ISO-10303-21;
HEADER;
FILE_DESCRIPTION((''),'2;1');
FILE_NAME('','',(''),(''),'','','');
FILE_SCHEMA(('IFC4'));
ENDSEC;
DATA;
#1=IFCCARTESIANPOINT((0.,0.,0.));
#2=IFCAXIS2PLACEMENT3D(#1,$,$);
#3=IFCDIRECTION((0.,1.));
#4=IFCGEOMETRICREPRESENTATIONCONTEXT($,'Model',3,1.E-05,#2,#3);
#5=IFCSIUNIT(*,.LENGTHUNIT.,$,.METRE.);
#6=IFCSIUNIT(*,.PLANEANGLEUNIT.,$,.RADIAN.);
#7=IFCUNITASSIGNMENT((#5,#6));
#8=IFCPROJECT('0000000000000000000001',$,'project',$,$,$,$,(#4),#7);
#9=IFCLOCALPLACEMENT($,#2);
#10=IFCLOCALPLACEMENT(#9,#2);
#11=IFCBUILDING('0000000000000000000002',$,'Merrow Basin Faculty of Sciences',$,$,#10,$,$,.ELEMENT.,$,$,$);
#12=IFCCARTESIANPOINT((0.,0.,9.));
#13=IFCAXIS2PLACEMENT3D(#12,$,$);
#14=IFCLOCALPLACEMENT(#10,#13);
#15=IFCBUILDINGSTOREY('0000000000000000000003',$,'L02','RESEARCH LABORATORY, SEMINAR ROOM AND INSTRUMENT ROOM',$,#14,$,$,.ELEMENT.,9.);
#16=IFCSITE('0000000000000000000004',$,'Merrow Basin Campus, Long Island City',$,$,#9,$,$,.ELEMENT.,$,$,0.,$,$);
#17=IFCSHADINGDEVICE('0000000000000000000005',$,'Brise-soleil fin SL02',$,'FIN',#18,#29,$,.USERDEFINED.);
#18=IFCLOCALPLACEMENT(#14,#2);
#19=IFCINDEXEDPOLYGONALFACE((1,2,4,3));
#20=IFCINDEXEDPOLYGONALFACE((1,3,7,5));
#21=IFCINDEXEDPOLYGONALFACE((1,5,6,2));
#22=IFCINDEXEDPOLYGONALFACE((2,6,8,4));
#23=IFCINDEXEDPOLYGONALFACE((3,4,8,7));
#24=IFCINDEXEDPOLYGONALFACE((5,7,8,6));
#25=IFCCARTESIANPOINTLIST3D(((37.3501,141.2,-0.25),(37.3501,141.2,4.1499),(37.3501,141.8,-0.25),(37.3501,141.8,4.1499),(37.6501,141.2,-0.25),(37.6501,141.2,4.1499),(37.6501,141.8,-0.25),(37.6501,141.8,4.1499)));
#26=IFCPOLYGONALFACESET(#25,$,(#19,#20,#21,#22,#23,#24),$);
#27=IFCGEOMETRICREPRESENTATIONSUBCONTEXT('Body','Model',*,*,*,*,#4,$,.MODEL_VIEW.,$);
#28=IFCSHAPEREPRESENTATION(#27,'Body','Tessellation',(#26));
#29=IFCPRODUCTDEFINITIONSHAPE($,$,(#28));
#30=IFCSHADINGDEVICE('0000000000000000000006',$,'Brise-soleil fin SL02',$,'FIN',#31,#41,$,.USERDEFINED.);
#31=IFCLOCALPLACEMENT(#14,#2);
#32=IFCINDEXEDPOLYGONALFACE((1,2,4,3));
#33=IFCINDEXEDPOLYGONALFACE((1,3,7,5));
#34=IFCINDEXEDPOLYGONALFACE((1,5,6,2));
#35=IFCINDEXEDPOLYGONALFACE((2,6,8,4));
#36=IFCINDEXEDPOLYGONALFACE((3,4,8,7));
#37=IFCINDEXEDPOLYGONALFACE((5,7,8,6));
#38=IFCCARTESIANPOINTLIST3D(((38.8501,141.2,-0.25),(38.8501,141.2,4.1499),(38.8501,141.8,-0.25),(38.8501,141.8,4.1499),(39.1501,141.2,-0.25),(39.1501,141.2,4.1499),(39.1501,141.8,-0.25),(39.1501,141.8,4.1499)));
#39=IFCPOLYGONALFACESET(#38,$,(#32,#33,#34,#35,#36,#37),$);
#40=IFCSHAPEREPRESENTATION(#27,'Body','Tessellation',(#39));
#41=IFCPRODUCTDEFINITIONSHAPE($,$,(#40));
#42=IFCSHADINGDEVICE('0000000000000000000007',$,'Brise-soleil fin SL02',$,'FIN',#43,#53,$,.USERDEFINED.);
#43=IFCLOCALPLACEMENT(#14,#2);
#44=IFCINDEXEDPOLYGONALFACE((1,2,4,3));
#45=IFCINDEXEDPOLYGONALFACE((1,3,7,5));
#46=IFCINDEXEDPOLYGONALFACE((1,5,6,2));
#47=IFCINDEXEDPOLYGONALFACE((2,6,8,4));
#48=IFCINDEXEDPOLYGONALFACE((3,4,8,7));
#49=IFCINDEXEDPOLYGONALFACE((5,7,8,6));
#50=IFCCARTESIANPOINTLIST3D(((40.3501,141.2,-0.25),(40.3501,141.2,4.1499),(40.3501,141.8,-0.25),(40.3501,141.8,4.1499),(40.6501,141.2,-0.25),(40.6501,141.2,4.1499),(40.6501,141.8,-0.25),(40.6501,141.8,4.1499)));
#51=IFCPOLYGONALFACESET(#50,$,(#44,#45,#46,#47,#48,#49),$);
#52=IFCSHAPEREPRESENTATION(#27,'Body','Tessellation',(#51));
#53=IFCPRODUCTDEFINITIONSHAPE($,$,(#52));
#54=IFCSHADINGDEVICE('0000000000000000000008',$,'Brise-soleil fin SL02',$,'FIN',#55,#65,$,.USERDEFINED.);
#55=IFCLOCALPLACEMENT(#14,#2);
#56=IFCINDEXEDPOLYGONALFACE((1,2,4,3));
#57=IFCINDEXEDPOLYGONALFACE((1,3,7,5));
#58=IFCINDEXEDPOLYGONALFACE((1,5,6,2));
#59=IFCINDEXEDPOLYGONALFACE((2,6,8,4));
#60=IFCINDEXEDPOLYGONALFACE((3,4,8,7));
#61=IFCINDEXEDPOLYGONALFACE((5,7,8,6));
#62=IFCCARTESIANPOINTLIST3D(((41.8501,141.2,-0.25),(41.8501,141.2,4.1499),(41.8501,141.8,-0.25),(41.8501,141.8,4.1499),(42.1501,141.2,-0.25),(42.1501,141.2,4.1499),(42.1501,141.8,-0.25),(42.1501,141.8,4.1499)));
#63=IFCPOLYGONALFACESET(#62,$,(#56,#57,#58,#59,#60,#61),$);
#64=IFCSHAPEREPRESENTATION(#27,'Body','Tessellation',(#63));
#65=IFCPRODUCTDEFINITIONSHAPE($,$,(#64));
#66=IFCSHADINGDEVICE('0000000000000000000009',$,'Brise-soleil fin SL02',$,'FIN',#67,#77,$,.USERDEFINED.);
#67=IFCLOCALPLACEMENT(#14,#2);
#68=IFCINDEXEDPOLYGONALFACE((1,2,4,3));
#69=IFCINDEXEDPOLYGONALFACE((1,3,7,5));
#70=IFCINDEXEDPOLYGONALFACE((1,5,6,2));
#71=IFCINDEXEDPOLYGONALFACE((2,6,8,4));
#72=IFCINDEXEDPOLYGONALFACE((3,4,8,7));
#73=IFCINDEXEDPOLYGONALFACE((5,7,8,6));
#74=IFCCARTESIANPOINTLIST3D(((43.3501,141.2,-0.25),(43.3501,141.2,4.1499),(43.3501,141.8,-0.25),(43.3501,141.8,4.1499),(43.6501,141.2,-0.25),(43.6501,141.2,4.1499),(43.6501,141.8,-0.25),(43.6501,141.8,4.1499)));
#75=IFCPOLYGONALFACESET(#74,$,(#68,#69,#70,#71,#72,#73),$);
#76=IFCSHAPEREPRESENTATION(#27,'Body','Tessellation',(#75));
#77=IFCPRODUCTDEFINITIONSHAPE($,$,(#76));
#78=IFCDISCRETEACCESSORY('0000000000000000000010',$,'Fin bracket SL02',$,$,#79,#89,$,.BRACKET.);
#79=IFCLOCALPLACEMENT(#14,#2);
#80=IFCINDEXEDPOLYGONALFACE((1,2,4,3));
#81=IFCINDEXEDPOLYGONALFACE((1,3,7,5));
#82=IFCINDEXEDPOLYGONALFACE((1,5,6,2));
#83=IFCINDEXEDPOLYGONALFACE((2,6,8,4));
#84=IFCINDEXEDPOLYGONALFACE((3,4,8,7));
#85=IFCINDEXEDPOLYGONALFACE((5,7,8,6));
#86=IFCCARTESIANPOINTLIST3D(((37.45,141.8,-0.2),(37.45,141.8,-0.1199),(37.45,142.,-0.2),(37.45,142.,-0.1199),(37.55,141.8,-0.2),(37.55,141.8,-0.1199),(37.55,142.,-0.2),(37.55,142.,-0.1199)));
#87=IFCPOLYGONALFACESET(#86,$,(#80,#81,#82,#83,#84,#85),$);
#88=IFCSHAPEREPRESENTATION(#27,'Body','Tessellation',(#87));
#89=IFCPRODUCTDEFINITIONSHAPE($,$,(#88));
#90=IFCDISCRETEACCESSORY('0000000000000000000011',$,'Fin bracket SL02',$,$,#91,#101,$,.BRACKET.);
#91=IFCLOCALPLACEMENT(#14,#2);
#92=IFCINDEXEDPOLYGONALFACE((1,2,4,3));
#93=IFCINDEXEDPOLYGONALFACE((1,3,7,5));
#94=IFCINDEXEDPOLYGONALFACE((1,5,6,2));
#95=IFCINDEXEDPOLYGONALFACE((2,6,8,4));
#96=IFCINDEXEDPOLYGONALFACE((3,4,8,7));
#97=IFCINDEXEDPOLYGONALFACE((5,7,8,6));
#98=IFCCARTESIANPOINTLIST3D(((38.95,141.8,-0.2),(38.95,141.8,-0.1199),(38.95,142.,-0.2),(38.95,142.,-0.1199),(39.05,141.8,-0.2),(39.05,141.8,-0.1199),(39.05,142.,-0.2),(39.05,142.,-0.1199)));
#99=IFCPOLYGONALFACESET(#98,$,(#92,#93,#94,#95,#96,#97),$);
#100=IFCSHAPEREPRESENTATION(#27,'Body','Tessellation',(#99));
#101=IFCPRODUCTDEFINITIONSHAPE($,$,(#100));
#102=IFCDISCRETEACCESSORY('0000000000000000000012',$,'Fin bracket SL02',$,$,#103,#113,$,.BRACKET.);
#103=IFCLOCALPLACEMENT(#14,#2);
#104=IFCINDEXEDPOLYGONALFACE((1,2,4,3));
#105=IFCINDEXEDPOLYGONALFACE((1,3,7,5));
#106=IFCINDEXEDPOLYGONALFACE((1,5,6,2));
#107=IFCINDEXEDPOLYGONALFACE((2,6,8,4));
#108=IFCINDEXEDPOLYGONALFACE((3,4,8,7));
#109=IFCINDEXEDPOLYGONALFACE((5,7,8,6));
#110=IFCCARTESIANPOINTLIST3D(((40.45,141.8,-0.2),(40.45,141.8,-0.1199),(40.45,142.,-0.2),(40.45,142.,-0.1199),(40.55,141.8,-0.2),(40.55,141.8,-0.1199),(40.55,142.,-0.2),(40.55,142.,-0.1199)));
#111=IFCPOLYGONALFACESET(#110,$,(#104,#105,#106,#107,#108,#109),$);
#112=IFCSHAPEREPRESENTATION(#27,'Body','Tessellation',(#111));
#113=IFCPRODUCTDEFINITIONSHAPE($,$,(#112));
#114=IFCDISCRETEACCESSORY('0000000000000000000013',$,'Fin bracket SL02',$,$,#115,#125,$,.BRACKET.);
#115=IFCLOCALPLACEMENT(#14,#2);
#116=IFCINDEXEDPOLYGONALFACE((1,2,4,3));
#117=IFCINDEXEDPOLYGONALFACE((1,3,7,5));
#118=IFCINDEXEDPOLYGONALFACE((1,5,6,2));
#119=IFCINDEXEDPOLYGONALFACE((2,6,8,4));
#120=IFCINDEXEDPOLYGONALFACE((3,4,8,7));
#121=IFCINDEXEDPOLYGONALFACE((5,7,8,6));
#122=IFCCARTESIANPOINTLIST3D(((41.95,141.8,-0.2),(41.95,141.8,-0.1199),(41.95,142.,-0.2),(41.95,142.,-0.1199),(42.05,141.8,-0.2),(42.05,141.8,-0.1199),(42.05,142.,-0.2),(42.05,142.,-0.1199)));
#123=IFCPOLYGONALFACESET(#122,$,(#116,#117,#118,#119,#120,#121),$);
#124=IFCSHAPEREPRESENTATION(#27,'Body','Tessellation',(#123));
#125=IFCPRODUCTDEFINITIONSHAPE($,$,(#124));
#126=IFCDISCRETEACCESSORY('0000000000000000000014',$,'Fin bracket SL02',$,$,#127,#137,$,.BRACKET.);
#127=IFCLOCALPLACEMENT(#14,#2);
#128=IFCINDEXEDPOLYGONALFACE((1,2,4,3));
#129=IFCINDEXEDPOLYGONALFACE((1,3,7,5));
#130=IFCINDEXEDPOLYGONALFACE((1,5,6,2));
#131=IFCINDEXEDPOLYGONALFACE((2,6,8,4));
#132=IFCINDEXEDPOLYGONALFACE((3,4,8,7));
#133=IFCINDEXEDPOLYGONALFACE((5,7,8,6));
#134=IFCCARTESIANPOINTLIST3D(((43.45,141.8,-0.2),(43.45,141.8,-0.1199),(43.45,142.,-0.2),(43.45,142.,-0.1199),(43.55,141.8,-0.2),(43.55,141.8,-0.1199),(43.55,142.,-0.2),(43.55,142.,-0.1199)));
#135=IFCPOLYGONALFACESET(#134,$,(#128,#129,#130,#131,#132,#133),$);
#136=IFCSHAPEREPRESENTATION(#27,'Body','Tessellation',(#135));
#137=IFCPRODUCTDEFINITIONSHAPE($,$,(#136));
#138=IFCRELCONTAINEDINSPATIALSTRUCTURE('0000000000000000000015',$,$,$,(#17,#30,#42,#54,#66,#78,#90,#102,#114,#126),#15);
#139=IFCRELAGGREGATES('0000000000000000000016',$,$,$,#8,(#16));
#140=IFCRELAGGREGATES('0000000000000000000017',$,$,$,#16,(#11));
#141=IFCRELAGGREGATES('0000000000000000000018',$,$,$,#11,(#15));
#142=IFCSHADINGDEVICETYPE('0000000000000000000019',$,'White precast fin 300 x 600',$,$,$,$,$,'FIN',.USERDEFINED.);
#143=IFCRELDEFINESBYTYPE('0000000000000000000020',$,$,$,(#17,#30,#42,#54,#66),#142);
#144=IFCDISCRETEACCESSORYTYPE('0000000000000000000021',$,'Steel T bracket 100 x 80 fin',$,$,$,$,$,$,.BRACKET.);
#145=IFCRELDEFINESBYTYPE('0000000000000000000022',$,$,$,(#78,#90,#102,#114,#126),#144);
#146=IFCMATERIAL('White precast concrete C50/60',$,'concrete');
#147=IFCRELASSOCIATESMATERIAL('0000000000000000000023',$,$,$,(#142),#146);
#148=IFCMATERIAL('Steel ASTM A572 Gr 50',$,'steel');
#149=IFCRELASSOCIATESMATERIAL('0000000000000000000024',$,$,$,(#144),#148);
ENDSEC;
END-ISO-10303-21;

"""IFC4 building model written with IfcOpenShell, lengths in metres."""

from ifc_helpers import new_model, si_unit, direction, frame, origin, place, context, subcontext, project, spatial, polyline, outline, extrude, source, transform, mapped, material, type_object, element, save


model = new_model("IFC4")

# Units and contexts
model_context = context("Model", 3, precision=1e-05, world=origin(), true_north=direction((0.0, 1.0)))
body_context = subcontext(model_context, "Body", "Model", "MODEL_VIEW")
ifc_project = project(units=[si_unit("LENGTHUNIT", "METRE"), si_unit("PLANEANGLEUNIT", "RADIAN")], contexts=[model_context])

# Site, building, storey
site_placement = place(None, origin())
site = spatial("IfcSite", under=ifc_project, at=site_placement, Name="Merrow Basin Campus, Long Island City", CompositionType="ELEMENT", RefElevation=0.0)
building_placement = place(site_placement, origin())
building = spatial("IfcBuilding", under=site, at=building_placement, Name="Merrow Basin Faculty of Sciences", CompositionType="ELEMENT")
storey_placement = place(building_placement, frame((0.0, 0.0, 9.0)))
storey = spatial("IfcBuildingStorey", under=building, at=storey_placement, Name="L02", Description="RESEARCH LABORATORY, SEMINAR ROOM AND INSTRUMENT ROOM", CompositionType="ELEMENT", Elevation=9.0)

# Shading devices
ifc_material_1 = material(Name="White precast concrete C50/60", Category="concrete")
shading_device_type = type_object("IfcShadingDeviceType", Name="White precast fin 300 x 600", ElementType="FIN", PredefinedType="USERDEFINED", material=ifc_material_1)
shared_shape_1 = source(origin(), body_context, "Body", "SweptSolid", [
    extrude(outline(polyline([(0.0, 0.0), (0.3, 0.0), (0.3, 4.3999), (0.0, 4.3999), (0.0, 0.0)])), origin(), (0.0, 0.0, 1.0), 0.6001),
])
for number, where, z_axis, x_axis, name in (
    (1, (37.3501, 141.8, -0.25), (0.0, -1.0, 0.0), (1.0, 0.0, 0.0), "Brise-soleil fin SL02"),
    (2, (38.8501, 141.8, -0.25), (0.0, -1.0, 0.0), (1.0, 0.0, 0.0), "Brise-soleil fin SL02"),
    (3, (40.3501, 141.8, -0.25), (0.0, -1.0, 0.0), (1.0, 0.0, 0.0), "Brise-soleil fin SL02"),
    (4, (41.8501, 141.8, -0.25), (0.0, -1.0, 0.0), (1.0, 0.0, 0.0), "Brise-soleil fin SL02"),
    (5, (43.3501, 141.8, -0.25), (0.0, -1.0, 0.0), (1.0, 0.0, 0.0), "Brise-soleil fin SL02"),
):
    element("IfcShadingDevice", number, at=place(storey_placement, frame(where, z_axis=z_axis, x_axis=x_axis)), inside=storey, type_object=shading_device_type, Name=name, ObjectType="FIN", PredefinedType="USERDEFINED", context=body_context, shape_type="MappedRepresentation", body=[
        mapped(shared_shape_1, transform((0.0, 0.0, 0.0), scale=1.0)),
    ])

# Discrete accessories
ifc_material_2 = material(Name="Steel ASTM A572 Gr 50", Category="steel")
discrete_accessory_type = type_object("IfcDiscreteAccessoryType", Name="Steel T bracket 100 x 80 fin", PredefinedType="BRACKET", material=ifc_material_2)
shared_shape_2 = source(origin(), body_context, "Body", "SweptSolid", [
    extrude(outline(polyline([(0.0, 0.0), (0.1001, 0.0), (0.1001, 0.0801), (0.0, 0.0801), (0.0, 0.0)])), origin(), (0.0, 0.0, 1.0), 0.2),
])
for number, where, z_axis, x_axis, name in (
    (6, (37.45, 142.0, -0.2), (0.0, -1.0, 0.0), (1.0, 0.0, 0.0), "Fin bracket SL02"),
    (7, (38.95, 142.0, -0.2), (0.0, -1.0, 0.0), (1.0, 0.0, 0.0), "Fin bracket SL02"),
    (8, (40.45, 142.0, -0.2), (0.0, -1.0, 0.0), (1.0, 0.0, 0.0), "Fin bracket SL02"),
    (9, (41.95, 142.0, -0.2), (0.0, -1.0, 0.0), (1.0, 0.0, 0.0), "Fin bracket SL02"),
    (10, (43.45, 142.0, -0.2), (0.0, -1.0, 0.0), (1.0, 0.0, 0.0), "Fin bracket SL02"),
):
    element("IfcDiscreteAccessory", number, at=place(storey_placement, frame(where, z_axis=z_axis, x_axis=x_axis)), inside=storey, type_object=discrete_accessory_type, Name=name, PredefinedType="BRACKET", context=body_context, shape_type="MappedRepresentation", body=[
        mapped(shared_shape_2, transform((0.0, 0.0, 0.0), scale=1.0)),
    ])

save(model, "model.ifc")
